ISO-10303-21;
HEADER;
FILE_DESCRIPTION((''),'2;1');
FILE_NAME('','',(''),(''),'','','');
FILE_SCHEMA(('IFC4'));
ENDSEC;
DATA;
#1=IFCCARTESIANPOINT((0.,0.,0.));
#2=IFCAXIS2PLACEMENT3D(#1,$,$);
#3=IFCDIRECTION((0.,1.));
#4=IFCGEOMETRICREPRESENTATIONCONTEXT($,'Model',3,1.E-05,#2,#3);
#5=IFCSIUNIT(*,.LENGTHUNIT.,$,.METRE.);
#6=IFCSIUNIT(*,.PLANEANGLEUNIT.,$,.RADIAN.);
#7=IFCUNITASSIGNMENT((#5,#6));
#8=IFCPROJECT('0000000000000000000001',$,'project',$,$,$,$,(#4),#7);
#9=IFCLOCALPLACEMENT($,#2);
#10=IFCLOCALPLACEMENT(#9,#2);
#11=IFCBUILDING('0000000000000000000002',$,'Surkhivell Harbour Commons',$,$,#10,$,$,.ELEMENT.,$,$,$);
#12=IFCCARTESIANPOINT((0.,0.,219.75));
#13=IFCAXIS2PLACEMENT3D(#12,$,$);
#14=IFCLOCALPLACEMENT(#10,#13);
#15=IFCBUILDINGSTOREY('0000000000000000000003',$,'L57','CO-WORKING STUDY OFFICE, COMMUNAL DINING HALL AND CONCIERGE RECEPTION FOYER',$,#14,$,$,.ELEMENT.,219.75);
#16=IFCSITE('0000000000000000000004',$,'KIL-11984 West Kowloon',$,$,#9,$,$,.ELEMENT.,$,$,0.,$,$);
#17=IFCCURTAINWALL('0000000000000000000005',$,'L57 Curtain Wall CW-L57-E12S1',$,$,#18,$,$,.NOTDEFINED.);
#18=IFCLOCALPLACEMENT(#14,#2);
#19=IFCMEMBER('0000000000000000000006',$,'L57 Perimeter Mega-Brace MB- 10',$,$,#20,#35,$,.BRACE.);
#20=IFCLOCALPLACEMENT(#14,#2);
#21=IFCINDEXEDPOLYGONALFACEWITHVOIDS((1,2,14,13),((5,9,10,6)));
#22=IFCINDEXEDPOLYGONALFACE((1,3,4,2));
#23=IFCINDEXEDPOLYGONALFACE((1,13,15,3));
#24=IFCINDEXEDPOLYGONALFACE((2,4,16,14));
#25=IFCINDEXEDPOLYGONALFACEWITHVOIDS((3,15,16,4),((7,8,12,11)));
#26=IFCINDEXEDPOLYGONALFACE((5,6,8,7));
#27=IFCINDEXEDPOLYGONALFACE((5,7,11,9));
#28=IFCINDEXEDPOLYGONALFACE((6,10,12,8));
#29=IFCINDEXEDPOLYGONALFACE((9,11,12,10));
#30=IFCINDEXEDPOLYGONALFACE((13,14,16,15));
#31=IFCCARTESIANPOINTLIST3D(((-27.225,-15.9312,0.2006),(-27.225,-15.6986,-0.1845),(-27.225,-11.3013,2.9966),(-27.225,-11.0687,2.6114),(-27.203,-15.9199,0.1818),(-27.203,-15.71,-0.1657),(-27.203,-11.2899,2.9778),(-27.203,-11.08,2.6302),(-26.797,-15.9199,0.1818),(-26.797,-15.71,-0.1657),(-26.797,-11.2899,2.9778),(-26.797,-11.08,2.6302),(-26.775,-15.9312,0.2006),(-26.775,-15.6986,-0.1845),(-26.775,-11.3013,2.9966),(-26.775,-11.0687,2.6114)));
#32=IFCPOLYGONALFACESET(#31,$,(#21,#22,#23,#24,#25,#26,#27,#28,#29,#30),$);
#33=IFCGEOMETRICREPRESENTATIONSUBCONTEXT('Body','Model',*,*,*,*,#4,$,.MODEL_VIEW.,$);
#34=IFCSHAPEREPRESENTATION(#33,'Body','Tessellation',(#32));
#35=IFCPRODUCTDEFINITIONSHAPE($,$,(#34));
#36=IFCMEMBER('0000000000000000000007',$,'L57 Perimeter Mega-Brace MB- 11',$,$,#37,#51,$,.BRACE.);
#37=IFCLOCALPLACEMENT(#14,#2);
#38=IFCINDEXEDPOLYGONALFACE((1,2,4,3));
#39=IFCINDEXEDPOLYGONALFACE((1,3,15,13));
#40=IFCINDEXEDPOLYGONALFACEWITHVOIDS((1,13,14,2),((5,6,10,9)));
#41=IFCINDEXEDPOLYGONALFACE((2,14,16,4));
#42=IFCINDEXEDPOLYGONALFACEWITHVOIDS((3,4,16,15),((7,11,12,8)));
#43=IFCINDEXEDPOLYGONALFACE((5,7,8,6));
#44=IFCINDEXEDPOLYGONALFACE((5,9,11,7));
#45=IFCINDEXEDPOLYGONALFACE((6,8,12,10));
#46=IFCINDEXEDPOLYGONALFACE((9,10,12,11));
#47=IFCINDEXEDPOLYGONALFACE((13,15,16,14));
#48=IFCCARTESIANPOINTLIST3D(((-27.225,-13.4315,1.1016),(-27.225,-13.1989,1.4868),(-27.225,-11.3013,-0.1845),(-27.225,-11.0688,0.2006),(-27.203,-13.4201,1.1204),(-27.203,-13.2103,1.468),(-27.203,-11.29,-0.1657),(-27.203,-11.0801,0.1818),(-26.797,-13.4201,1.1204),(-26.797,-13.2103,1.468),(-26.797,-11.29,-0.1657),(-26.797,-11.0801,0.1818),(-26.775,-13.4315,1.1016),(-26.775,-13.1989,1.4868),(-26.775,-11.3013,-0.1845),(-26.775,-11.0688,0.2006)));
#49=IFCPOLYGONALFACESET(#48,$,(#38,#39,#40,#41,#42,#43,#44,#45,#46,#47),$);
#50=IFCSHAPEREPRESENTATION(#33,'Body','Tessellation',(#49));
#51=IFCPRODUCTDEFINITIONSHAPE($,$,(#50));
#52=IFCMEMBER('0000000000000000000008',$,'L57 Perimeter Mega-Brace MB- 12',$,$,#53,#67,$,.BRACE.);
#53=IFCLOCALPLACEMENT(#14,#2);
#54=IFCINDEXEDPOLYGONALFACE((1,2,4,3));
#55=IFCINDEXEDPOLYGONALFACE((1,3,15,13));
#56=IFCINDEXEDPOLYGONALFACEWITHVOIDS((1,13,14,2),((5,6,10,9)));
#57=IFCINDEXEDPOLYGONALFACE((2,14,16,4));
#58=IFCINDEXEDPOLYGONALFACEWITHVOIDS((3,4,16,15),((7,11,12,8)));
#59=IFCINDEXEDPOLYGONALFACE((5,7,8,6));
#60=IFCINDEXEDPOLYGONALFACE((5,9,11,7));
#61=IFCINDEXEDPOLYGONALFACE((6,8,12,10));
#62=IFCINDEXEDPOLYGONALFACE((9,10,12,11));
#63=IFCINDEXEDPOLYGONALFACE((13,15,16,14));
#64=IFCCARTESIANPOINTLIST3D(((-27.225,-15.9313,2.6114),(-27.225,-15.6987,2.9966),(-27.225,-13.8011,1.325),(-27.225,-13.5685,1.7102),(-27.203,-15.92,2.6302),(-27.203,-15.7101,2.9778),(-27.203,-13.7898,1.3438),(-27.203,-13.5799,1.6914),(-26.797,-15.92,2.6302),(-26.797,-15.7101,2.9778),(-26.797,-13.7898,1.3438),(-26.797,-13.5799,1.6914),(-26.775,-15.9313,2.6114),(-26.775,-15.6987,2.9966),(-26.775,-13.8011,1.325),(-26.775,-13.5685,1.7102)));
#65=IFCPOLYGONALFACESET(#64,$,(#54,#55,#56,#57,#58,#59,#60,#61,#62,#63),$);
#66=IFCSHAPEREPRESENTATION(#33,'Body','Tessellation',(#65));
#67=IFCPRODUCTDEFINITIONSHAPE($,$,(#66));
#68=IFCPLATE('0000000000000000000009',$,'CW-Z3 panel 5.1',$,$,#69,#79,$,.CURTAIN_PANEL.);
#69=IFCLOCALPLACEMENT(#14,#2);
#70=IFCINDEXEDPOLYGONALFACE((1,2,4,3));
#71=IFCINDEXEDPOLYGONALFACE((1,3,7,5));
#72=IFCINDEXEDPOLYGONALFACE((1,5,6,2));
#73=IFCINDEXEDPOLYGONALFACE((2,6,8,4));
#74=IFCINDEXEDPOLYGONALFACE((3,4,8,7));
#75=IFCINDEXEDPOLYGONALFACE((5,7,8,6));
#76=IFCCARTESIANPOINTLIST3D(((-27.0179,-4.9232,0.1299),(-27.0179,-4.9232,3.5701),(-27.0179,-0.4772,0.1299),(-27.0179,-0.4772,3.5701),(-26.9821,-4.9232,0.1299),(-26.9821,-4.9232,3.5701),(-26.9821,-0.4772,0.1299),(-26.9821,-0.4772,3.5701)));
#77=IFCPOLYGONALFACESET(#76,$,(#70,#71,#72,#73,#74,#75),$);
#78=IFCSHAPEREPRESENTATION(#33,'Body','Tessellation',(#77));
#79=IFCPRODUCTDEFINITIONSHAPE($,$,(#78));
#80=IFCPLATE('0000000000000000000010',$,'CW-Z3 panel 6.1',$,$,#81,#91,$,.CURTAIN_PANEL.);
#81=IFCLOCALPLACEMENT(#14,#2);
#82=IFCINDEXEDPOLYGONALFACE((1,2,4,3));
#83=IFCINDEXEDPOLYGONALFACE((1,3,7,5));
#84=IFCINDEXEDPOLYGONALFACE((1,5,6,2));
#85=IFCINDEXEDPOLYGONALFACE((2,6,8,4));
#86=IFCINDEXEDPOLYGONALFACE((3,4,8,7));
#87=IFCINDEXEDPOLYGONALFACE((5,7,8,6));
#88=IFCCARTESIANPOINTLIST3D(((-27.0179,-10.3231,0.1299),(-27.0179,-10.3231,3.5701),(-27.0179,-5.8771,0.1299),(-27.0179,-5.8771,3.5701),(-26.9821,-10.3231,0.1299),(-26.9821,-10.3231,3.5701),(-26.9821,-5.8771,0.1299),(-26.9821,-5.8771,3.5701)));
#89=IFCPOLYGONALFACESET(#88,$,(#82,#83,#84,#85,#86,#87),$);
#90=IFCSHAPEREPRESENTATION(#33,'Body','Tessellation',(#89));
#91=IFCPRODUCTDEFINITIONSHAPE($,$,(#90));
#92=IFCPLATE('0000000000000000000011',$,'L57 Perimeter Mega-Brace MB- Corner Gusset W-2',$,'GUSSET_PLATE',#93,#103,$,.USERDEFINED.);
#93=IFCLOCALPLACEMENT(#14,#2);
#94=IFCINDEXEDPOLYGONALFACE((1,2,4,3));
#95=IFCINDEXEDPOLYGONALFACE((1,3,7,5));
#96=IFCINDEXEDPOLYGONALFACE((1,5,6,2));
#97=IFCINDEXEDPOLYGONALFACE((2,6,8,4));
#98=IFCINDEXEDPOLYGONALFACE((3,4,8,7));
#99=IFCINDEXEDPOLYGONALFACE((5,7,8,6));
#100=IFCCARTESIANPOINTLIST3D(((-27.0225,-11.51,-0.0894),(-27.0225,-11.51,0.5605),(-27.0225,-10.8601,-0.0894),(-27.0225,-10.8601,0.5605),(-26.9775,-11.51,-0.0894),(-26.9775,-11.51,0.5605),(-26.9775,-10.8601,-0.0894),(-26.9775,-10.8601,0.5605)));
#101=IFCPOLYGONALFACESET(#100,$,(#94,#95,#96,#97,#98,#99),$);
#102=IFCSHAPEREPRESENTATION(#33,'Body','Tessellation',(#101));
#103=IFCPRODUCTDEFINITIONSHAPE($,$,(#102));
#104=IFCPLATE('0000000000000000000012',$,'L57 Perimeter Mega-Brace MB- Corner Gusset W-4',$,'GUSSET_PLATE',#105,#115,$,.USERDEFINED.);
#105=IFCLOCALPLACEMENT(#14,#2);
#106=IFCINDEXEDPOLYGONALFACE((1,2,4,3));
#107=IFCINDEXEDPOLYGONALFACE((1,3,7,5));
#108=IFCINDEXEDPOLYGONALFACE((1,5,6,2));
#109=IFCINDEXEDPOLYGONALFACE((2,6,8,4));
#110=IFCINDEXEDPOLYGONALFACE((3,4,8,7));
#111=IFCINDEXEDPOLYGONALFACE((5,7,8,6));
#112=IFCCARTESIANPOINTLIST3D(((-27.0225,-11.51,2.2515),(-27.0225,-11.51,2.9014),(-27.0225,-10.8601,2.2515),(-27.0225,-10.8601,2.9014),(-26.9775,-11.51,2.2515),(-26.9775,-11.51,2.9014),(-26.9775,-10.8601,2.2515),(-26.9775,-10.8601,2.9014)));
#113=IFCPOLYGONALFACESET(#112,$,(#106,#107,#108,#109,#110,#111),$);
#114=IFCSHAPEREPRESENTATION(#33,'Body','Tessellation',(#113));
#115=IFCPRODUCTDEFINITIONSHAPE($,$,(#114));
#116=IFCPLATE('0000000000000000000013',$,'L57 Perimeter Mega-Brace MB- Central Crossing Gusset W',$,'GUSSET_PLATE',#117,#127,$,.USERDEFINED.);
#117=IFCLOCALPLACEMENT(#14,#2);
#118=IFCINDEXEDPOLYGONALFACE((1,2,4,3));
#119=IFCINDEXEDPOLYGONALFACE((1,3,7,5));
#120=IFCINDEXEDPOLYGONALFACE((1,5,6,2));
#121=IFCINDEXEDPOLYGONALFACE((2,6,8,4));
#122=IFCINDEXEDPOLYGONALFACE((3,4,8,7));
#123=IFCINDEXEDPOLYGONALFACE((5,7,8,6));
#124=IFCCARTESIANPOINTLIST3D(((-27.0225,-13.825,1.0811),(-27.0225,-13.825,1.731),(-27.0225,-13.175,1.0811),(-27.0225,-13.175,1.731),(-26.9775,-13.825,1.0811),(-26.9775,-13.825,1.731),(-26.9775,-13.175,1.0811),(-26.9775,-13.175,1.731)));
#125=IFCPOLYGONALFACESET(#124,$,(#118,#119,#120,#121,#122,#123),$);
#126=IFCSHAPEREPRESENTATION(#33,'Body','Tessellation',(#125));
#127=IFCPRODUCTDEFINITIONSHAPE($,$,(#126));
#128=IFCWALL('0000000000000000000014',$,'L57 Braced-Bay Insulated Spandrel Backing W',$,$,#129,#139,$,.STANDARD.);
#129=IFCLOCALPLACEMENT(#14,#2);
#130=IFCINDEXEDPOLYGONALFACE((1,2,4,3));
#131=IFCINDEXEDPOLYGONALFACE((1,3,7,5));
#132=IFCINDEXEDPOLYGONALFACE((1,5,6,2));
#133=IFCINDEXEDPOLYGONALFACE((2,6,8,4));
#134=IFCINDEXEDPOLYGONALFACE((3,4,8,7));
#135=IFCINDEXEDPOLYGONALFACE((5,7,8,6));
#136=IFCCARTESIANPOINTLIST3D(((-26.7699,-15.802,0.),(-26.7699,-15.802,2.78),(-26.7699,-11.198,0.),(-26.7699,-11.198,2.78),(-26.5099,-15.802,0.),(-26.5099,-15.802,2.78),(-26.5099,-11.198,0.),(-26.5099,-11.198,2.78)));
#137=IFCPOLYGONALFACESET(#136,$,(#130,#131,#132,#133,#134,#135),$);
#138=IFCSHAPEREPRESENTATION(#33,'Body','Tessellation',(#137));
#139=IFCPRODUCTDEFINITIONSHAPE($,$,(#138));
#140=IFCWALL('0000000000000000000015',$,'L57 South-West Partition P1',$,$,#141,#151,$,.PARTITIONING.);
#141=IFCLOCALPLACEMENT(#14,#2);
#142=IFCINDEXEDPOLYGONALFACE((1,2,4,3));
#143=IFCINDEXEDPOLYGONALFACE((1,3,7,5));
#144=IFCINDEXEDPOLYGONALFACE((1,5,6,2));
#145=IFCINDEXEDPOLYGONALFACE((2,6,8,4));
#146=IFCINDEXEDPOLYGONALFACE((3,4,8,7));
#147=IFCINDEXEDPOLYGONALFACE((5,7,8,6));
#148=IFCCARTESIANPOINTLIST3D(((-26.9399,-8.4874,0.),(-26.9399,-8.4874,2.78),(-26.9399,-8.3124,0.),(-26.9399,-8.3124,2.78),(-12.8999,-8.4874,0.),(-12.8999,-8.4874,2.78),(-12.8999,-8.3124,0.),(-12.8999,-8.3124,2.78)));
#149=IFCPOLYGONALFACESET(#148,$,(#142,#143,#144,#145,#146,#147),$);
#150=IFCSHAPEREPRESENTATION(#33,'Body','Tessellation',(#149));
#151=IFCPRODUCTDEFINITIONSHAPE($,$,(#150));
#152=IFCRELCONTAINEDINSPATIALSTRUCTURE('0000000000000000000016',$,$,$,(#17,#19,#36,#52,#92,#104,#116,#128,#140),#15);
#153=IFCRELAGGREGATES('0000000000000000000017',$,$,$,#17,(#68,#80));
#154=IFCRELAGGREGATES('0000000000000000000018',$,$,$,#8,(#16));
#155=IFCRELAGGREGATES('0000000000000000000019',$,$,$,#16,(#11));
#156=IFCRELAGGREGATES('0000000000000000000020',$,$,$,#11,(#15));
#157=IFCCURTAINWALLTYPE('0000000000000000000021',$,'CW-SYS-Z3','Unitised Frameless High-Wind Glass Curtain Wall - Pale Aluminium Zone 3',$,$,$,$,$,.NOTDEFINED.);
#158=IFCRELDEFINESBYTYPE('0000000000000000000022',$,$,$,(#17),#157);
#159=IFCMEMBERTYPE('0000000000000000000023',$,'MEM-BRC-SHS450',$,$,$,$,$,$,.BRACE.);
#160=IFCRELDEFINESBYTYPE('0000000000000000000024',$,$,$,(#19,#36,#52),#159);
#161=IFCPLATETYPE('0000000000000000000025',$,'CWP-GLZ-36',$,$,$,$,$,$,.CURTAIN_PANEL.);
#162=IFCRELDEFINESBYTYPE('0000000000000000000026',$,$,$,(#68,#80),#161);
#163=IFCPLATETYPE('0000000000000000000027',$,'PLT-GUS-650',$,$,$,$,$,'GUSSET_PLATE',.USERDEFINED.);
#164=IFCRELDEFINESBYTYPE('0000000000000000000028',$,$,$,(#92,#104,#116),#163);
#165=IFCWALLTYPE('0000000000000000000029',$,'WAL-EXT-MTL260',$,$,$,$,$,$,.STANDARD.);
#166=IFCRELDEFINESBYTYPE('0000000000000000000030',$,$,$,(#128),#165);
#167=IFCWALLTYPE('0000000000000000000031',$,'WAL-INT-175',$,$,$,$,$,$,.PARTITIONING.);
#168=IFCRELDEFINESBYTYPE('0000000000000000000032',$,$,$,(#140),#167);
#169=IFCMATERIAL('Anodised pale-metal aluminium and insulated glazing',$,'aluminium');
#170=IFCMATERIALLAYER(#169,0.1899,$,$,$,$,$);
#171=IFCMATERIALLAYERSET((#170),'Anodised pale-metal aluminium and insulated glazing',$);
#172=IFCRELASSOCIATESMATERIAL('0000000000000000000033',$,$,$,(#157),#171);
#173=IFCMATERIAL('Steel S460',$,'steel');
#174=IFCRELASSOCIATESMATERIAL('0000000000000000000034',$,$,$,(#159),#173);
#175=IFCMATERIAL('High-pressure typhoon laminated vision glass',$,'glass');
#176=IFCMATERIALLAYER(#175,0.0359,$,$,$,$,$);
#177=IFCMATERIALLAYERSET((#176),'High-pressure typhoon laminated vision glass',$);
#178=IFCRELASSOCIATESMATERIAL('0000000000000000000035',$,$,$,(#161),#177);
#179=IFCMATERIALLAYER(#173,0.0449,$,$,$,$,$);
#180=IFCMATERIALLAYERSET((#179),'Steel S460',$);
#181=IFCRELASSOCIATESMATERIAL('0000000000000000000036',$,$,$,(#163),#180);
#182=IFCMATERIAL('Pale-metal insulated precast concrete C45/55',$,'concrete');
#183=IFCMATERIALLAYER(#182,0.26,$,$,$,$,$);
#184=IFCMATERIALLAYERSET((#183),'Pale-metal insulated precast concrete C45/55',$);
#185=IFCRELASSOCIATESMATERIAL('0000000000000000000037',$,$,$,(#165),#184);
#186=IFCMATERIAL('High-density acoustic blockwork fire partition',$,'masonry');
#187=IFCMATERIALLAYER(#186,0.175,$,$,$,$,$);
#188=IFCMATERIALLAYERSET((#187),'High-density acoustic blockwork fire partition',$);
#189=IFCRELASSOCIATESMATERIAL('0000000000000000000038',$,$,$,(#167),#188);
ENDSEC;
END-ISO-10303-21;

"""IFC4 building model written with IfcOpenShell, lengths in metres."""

from ifc_helpers import new_model, si_unit, direction, frame, frame_2d, origin, origin_2d, place, context, subcontext, project, spatial, rectangle, hollow_rectangle, extrude, material, layer, layer_set, material_profile, profile_set, type_object, element, aggregate, save


model = new_model("IFC4")

# Units and contexts
model_context = context("Model", 3, precision=1e-05, world=origin(), true_north=direction((0.0, 1.0)))
body_context = subcontext(model_context, "Body", "Model", "MODEL_VIEW")
ifc_project = project(units=[si_unit("LENGTHUNIT", "METRE"), si_unit("PLANEANGLEUNIT", "RADIAN")], contexts=[model_context])

# Site, building, storey
site_placement = place(None, origin())
site = spatial("IfcSite", under=ifc_project, at=site_placement, Name="KIL-11984 West Kowloon", CompositionType="ELEMENT", RefElevation=0.0)
building_placement = place(site_placement, origin())
building = spatial("IfcBuilding", under=site, at=building_placement, Name="Surkhivell Harbour Commons", CompositionType="ELEMENT")
storey_placement = place(building_placement, frame((0.0, 0.0, 219.75)))
storey = spatial("IfcBuildingStorey", under=building, at=storey_placement, Name="L57", Description="CO-WORKING STUDY OFFICE, COMMUNAL DINING HALL AND CONCIERGE RECEPTION FOYER", CompositionType="ELEMENT", Elevation=219.75)

# Curtain wall
ifc_material_1 = material(Name="Anodised pale-metal aluminium and insulated glazing", Category="aluminium")
ifc_layer_1 = layer(ifc_material_1, 0.1899)
ifc_layer_set_1 = layer_set([ifc_layer_1], Name="Anodised pale-metal aluminium and insulated glazing")
curtain_wall_type = type_object("IfcCurtainWallType", Name="CW-SYS-Z3", Description="Unitised Frameless High-Wind Glass Curtain Wall - Pale Aluminium Zone 3", PredefinedType="NOTDEFINED", material=ifc_layer_set_1)
curtain_wall_placement = place(storey_placement, origin())
curtain_wall = element("IfcCurtainWall", 1, at=curtain_wall_placement, inside=storey, type_object=curtain_wall_type, Name="L57 Curtain Wall CW-L57-E12S1", PredefinedType="NOTDEFINED")

# Members
ifc_material_2 = material(Name="Steel S460", Category="steel")
ifc_material_profile_1 = material_profile(ifc_material_2, hollow_rectangle(XDim=0.45, YDim=0.45, WallThickness=0.022, at=origin_2d()), Name="SHS450x450x22")
ifc_profile_set_1 = profile_set([ifc_material_profile_1], Name="Steel S460")
member_type_1 = type_object("IfcMemberType", Name="MEM-BRC-SHS450", PredefinedType="BRACE", material=ifc_profile_set_1)
member_1_placement = place(storey_placement, frame((-27.0, -15.8149, 0.0081), z_axis=(0.0, 0.856024, 0.516937), x_axis=(-1.0, 0.0, 0.0)))
element("IfcMember", 2, at=member_1_placement, inside=storey, type_object=member_type_1, Name="L57 Perimeter Mega-Brace MB- 10", PredefinedType="BRACE", context=body_context, shape_type="SweptSolid", body=[
    extrude(hollow_rectangle(XDim=0.45, YDim=0.45, WallThickness=0.022, at=origin_2d()), origin(), (0.0, 0.0, 1.0), 5.4087),
])
member_2_placement = place(storey_placement, frame((-27.0, -11.1851, 0.0081), z_axis=(0.0, -0.856061, 0.516875), x_axis=(1.0, 0.0, 0.0)))
element("IfcMember", 3, at=member_2_placement, inside=storey, type_object=member_type_1, Name="L57 Perimeter Mega-Brace MB- 11", PredefinedType="BRACE", context=body_context, shape_type="SweptSolid", body=[
    extrude(hollow_rectangle(XDim=0.45, YDim=0.45, WallThickness=0.022, at=origin_2d()), origin(), (0.0, 0.0, 1.0), 2.4883),
])
member_3_placement = place(storey_placement, frame((-27.0, -13.6848, 1.5176), z_axis=(0.0, -0.856018, 0.516946), x_axis=(1.0, 0.0, 0.0)))
element("IfcMember", 4, at=member_3_placement, inside=storey, type_object=member_type_1, Name="L57 Perimeter Mega-Brace MB- 12", PredefinedType="BRACE", context=body_context, shape_type="SweptSolid", body=[
    extrude(hollow_rectangle(XDim=0.45, YDim=0.45, WallThickness=0.022, at=origin_2d()), origin(), (0.0, 0.0, 1.0), 2.4885),
])

# Plates
ifc_material_3 = material(Name="High-pressure typhoon laminated vision glass", Category="glass")
ifc_layer_2 = layer(ifc_material_3, 0.0359)
ifc_layer_set_2 = layer_set([ifc_layer_2], Name="High-pressure typhoon laminated vision glass")
plate_type_1 = type_object("IfcPlateType", Name="CWP-GLZ-36", PredefinedType="CURTAIN_PANEL", material=ifc_layer_set_2)
plate_1_placement = place(storey_placement, frame((-27.0, -0.4771, 0.1299), z_axis=(0.0, 0.0, 1.0), x_axis=(0.0, -1.0, 0.0)))
plate_1 = element("IfcPlate", 5, at=plate_1_placement, type_object=plate_type_1, Name="CW-Z3 panel 5.1", PredefinedType="CURTAIN_PANEL", context=body_context, shape_type="SweptSolid", body=[
    extrude(rectangle(XDim=4.446, YDim=0.0359, at=frame_2d((2.2231, 0.0))), origin(), (0.0, 0.0, 1.0), 3.4402),
])
plate_2_placement = place(storey_placement, frame((-27.0, -5.877, 0.1299), z_axis=(0.0, 0.0, 1.0), x_axis=(0.0, -1.0, 0.0)))
plate_2 = element("IfcPlate", 6, at=plate_2_placement, type_object=plate_type_1, Name="CW-Z3 panel 6.1", PredefinedType="CURTAIN_PANEL", context=body_context, shape_type="SweptSolid", body=[
    extrude(rectangle(XDim=4.446, YDim=0.0359, at=frame_2d((2.2231, 0.0))), origin(), (0.0, 0.0, 1.0), 3.4402),
])
aggregate(curtain_wall, [plate_1, plate_2])

# Plates
ifc_layer_3 = layer(ifc_material_2, 0.0449)
ifc_layer_set_3 = layer_set([ifc_layer_3], Name="Steel S460")
plate_type_2 = type_object("IfcPlateType", Name="PLT-GUS-650", ElementType="GUSSET_PLATE", PredefinedType="USERDEFINED", material=ifc_layer_set_3)
for number, where, z_axis, x_axis, name in (
    (7, (-27.0, -11.1851, -0.0894), (0.0, 0.0, 1.0), (0.0, 1.0, 0.0), "L57 Perimeter Mega-Brace MB- Corner Gusset W-2"),
    (8, (-27.0, -11.1851, 2.2515), (0.0, 0.0, 1.0), (0.0, 1.0, 0.0), "L57 Perimeter Mega-Brace MB- Corner Gusset W-4"),
    (9, (-27.0, -13.5, 1.0811), (0.0, 0.0, 1.0), (0.0, 1.0, 0.0), "L57 Perimeter Mega-Brace MB- Central Crossing Gusset W"),
):
    element("IfcPlate", number, at=place(storey_placement, frame(where, z_axis=z_axis, x_axis=x_axis)), inside=storey, type_object=plate_type_2, Name=name, ObjectType="GUSSET_PLATE", PredefinedType="USERDEFINED", context=body_context, shape_type="SweptSolid", body=[
        extrude(rectangle(XDim=0.6499, YDim=0.0449, at=origin_2d()), origin(), (0.0, 0.0, 1.0), 0.6499),
    ])

# Walls
ifc_material_4 = material(Name="Pale-metal insulated precast concrete C45/55", Category="concrete")
ifc_layer_4 = layer(ifc_material_4, 0.26)
ifc_layer_set_4 = layer_set([ifc_layer_4], Name="Pale-metal insulated precast concrete C45/55")
wall_type_1 = type_object("IfcWallType", Name="WAL-EXT-MTL260", PredefinedType="STANDARD", material=ifc_layer_set_4)
wall_1_placement = place(storey_placement, frame((-26.6399, -11.198, 0.0), z_axis=(0.0, 0.0, 1.0), x_axis=(0.0, -1.0, 0.0)))
element("IfcWall", 10, at=wall_1_placement, inside=storey, type_object=wall_type_1, Name="L57 Braced-Bay Insulated Spandrel Backing W", PredefinedType="STANDARD", context=body_context, shape_type="SweptSolid", body=[
    extrude(rectangle(XDim=4.604, YDim=0.26, at=frame_2d((2.302, 0.0))), origin(), (0.0, 0.0, 1.0), 2.78),
])
ifc_material_5 = material(Name="High-density acoustic blockwork fire partition", Category="masonry")
ifc_layer_5 = layer(ifc_material_5, 0.175)
ifc_layer_set_5 = layer_set([ifc_layer_5], Name="High-density acoustic blockwork fire partition")
wall_type_2 = type_object("IfcWallType", Name="WAL-INT-175", PredefinedType="PARTITIONING", material=ifc_layer_set_5)
wall_2_placement = place(storey_placement, frame((-26.9399, -8.3999, 0.0), z_axis=(0.0, 0.0, 1.0), x_axis=(1.0, 0.0, 0.0)))
element("IfcWall", 11, at=wall_2_placement, inside=storey, type_object=wall_type_2, Name="L57 South-West Partition P1", PredefinedType="PARTITIONING", context=body_context, shape_type="SweptSolid", body=[
    extrude(rectangle(XDim=14.04, YDim=0.175, at=frame_2d((7.02, 0.0))), origin(), (0.0, 0.0, 1.0), 2.78),
])

save(model, "model.ifc")
